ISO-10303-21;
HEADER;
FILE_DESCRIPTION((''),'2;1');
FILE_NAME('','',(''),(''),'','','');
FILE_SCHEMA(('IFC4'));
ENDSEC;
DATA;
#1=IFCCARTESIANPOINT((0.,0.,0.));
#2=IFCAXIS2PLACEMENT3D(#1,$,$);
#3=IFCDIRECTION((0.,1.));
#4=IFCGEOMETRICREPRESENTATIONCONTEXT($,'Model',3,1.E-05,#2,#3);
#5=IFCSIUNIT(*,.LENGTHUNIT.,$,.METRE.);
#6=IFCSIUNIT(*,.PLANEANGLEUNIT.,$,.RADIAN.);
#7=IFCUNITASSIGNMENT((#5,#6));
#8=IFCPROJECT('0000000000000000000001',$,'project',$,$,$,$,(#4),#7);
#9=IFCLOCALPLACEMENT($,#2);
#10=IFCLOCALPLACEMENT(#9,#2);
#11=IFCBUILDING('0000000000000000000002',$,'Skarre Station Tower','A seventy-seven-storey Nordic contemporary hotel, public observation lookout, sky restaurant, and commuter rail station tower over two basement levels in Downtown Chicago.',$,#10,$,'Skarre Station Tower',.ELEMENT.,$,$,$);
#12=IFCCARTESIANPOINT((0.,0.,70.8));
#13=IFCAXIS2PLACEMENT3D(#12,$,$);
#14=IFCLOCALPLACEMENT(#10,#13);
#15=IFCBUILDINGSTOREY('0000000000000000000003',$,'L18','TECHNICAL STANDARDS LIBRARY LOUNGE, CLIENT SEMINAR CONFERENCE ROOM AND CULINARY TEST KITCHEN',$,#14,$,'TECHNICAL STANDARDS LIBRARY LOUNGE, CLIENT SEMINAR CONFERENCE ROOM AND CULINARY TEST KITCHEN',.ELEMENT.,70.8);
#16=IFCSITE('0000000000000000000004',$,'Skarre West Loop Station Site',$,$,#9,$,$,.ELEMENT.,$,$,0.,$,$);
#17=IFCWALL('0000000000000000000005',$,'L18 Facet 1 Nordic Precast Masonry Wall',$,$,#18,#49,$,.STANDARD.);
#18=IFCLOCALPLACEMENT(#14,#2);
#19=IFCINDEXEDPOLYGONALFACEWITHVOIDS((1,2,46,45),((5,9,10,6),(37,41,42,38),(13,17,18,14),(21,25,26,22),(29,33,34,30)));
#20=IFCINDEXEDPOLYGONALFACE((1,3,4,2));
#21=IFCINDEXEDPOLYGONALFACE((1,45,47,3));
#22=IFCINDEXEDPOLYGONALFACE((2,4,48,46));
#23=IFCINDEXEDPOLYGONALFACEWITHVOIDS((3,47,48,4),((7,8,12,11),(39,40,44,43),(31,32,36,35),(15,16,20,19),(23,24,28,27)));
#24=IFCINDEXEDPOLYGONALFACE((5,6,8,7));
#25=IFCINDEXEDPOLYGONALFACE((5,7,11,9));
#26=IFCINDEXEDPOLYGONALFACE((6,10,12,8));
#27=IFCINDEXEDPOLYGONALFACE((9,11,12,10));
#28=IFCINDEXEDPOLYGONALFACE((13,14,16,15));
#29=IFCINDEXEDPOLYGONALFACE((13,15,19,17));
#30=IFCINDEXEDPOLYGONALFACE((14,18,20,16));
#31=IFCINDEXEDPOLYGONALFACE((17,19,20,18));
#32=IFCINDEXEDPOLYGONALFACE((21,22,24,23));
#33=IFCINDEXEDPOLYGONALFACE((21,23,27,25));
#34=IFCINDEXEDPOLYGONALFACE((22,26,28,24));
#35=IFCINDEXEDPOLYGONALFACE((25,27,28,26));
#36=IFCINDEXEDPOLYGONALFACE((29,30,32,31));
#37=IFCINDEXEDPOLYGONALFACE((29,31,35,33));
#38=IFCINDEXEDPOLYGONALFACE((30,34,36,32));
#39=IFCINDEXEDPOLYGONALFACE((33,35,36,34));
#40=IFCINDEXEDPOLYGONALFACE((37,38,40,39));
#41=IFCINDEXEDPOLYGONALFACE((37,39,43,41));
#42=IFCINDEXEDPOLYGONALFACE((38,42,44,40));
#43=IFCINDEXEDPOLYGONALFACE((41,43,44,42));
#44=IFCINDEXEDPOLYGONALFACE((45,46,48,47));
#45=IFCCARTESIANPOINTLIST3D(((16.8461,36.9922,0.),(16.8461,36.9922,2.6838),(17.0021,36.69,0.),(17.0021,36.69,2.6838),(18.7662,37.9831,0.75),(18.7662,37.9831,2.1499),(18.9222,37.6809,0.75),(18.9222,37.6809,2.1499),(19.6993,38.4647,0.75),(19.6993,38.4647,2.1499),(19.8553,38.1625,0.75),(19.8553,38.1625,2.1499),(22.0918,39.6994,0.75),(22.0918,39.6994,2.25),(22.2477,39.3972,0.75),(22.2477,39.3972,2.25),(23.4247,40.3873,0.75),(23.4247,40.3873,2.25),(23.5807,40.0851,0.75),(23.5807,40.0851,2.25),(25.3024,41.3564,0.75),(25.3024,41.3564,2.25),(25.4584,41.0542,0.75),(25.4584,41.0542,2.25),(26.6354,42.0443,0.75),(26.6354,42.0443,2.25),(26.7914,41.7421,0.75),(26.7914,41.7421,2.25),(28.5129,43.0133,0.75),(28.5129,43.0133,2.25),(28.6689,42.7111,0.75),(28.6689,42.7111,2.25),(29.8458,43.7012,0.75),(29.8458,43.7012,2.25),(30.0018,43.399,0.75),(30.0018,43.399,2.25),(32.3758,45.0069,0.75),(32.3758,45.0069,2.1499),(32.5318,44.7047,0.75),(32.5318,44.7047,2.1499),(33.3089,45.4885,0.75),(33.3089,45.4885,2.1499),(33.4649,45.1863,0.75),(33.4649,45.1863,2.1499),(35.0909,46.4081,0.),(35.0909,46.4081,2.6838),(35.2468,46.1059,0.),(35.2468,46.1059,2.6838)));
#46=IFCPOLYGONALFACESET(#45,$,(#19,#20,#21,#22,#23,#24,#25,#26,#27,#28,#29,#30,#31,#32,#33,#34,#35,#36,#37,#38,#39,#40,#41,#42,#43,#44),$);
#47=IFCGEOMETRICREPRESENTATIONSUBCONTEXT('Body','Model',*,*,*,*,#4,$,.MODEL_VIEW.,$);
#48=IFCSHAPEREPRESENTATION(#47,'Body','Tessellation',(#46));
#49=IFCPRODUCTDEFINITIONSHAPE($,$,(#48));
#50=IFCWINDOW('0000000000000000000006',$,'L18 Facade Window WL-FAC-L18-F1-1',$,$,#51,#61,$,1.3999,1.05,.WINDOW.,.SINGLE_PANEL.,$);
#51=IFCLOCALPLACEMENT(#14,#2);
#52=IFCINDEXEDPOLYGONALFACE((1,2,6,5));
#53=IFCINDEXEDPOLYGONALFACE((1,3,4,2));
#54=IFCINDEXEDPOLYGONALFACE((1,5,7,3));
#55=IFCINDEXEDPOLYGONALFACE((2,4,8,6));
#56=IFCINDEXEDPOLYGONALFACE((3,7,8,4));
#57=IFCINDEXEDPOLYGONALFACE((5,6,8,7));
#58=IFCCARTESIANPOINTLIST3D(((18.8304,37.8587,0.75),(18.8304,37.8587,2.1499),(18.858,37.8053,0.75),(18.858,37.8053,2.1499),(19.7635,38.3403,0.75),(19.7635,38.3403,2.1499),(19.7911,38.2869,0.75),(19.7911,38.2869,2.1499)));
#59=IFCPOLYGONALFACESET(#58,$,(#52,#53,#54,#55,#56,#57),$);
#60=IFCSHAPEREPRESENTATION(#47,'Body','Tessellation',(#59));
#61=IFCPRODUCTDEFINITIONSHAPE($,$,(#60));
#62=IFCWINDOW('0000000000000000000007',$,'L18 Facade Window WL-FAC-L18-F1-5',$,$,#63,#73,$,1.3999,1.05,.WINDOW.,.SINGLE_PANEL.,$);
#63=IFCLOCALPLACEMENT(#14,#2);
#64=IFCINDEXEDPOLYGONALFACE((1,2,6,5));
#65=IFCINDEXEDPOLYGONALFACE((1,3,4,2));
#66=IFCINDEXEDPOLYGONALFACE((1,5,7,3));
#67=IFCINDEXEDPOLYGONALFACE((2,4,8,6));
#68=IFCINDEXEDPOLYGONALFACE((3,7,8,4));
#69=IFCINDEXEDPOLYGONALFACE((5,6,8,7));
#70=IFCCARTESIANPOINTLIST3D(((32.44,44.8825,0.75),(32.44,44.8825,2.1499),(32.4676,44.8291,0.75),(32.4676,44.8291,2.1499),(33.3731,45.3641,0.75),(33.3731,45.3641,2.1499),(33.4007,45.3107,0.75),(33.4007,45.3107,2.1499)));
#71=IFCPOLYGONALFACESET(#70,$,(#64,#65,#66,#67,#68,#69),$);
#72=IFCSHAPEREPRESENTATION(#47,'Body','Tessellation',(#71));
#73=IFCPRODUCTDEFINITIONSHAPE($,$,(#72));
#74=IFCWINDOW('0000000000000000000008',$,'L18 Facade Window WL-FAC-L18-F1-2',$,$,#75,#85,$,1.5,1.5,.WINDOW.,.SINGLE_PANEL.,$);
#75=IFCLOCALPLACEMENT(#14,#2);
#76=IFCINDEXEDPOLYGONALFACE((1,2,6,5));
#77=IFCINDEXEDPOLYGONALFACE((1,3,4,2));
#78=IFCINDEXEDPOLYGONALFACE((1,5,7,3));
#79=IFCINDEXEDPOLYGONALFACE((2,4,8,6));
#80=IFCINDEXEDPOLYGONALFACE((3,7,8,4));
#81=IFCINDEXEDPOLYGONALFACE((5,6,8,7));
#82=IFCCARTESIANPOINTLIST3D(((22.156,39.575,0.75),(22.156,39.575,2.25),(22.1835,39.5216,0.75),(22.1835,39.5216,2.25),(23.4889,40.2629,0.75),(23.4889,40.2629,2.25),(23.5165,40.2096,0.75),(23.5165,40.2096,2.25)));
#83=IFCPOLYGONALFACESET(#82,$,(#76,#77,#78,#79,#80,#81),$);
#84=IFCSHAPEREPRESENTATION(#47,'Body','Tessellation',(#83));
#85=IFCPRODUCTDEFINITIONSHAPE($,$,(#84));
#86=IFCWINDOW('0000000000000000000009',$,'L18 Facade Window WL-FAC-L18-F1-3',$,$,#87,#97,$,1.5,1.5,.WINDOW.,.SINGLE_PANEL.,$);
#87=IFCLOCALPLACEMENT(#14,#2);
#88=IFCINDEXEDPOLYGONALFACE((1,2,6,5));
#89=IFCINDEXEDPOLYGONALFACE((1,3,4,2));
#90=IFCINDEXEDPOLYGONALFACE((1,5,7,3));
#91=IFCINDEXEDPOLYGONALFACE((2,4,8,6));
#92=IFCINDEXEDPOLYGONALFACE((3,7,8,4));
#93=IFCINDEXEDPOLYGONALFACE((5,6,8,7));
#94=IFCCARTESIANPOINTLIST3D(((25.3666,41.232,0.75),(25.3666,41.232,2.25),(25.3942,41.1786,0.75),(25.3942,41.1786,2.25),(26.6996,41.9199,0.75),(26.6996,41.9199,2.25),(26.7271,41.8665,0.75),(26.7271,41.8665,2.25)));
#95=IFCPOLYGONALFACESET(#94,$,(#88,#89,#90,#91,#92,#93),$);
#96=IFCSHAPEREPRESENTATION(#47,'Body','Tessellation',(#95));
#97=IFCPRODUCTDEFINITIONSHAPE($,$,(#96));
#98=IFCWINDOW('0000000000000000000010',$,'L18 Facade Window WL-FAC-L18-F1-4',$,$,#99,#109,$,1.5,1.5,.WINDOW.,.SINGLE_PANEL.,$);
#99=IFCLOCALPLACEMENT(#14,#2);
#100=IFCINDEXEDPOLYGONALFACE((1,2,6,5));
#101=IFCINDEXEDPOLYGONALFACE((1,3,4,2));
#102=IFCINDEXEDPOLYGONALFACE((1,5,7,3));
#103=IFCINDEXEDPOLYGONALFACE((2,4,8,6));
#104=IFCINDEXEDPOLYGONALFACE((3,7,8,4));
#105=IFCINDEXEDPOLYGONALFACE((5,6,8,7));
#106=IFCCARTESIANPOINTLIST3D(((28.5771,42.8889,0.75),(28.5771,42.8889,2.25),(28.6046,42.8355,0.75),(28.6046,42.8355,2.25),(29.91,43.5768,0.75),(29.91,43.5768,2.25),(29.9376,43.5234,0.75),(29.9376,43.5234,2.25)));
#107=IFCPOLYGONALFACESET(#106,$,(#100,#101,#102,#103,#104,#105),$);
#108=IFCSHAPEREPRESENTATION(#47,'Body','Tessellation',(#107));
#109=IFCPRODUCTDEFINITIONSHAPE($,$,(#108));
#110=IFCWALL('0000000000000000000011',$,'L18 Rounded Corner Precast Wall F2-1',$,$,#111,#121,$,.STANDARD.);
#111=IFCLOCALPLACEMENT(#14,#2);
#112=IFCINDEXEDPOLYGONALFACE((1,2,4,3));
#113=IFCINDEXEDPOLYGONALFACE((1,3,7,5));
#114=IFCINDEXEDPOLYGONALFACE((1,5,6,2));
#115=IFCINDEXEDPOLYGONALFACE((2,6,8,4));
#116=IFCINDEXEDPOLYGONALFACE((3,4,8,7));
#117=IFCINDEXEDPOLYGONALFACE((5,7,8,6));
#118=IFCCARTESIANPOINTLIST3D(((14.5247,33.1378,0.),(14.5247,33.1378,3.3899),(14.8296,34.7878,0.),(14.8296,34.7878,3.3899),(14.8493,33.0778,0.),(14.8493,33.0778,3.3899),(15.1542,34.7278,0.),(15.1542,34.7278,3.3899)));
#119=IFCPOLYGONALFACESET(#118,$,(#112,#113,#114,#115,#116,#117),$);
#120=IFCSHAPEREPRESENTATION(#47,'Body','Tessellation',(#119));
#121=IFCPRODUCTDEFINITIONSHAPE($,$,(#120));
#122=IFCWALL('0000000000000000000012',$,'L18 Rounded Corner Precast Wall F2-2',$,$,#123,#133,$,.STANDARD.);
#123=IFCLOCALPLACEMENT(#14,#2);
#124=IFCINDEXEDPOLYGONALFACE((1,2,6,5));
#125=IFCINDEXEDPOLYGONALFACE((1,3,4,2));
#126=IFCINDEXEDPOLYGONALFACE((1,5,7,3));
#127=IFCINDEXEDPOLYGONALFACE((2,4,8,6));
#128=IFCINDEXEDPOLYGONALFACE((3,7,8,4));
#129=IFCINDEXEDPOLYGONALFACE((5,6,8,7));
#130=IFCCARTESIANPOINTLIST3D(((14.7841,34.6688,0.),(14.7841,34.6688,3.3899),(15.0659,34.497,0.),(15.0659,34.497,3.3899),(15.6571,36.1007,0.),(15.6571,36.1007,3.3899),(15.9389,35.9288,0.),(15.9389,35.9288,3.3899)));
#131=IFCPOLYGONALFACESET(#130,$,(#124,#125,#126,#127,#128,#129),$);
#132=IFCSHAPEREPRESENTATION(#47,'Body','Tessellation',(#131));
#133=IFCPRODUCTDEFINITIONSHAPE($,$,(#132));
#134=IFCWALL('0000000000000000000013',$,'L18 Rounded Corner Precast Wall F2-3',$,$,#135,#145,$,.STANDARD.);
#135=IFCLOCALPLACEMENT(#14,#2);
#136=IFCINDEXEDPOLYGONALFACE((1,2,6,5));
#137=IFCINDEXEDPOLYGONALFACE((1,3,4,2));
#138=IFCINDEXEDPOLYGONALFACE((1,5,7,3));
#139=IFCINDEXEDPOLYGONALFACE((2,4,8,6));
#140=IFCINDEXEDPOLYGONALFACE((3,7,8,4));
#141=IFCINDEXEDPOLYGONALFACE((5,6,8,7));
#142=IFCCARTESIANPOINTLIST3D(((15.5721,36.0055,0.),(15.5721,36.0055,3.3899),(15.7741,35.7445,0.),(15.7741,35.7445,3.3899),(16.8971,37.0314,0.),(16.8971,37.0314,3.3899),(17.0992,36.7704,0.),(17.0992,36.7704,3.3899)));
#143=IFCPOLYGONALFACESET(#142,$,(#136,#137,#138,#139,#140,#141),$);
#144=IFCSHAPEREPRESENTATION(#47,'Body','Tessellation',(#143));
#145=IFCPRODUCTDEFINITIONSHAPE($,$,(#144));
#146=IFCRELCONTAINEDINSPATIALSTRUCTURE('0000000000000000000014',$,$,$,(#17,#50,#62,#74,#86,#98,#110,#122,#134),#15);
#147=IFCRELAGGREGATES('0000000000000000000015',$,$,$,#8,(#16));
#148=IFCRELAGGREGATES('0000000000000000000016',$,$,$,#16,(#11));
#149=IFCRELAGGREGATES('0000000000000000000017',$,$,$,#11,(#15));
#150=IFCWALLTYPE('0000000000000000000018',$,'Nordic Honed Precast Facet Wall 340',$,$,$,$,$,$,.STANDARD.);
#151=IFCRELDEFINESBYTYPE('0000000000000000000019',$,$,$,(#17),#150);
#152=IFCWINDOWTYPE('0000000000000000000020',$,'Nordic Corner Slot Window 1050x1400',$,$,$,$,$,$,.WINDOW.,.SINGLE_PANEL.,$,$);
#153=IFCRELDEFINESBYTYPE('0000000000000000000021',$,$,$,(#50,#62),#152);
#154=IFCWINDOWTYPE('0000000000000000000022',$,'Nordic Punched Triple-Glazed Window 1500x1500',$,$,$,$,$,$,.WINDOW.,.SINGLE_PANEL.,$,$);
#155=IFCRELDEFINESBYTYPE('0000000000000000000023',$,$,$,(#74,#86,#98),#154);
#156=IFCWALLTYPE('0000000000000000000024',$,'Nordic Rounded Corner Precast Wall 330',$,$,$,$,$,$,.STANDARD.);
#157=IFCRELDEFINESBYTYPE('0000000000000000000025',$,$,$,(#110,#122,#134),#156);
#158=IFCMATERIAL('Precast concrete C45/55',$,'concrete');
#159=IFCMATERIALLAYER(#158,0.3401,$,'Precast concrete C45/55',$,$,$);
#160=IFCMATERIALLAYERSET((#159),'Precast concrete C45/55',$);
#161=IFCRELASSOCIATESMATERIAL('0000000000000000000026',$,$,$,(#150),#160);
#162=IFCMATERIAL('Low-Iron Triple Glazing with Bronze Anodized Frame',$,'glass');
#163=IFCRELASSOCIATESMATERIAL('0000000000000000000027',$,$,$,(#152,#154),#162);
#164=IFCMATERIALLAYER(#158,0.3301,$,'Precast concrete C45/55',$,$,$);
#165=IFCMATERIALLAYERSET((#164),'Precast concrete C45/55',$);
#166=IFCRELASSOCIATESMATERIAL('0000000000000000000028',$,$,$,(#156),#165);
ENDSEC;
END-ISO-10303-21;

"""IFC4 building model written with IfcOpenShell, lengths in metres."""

from ifc_helpers import new_model, si_unit, direction, frame, frame_2d, origin, place, context, subcontext, project, spatial, rectangle, extrude, material, layer, layer_set, type_object, element, fill, save


model = new_model("IFC4")

# Units and contexts
model_context = context("Model", 3, precision=1e-05, world=origin(), true_north=direction((0.0, 1.0)))
body_context = subcontext(model_context, "Body", "Model", "MODEL_VIEW")
ifc_project = project(units=[si_unit("LENGTHUNIT", "METRE"), si_unit("PLANEANGLEUNIT", "RADIAN")], contexts=[model_context])

# Site, building, storey
site_placement = place(None, origin())
site = spatial("IfcSite", under=ifc_project, at=site_placement, Name="Skarre West Loop Station Site", CompositionType="ELEMENT", RefElevation=0.0)
building_placement = place(site_placement, origin())
building = spatial("IfcBuilding", under=site, at=building_placement, Name="Skarre Station Tower", Description="A seventy-seven-storey Nordic contemporary hotel, public observation lookout, sky restaurant, and commuter rail station tower over two basement levels in Downtown Chicago.", LongName="Skarre Station Tower", CompositionType="ELEMENT")
storey_placement = place(building_placement, frame((0.0, 0.0, 70.8)))
storey = spatial("IfcBuildingStorey", under=building, at=storey_placement, Name="L18", Description="TECHNICAL STANDARDS LIBRARY LOUNGE, CLIENT SEMINAR CONFERENCE ROOM AND CULINARY TEST KITCHEN", LongName="TECHNICAL STANDARDS LIBRARY LOUNGE, CLIENT SEMINAR CONFERENCE ROOM AND CULINARY TEST KITCHEN", CompositionType="ELEMENT", Elevation=70.8)

# Wall, openings, windows
ifc_material_1 = material(Name="Precast concrete C45/55", Category="concrete")
ifc_layer_1 = layer(ifc_material_1, 0.3401, Name="Precast concrete C45/55")
ifc_layer_set_1 = layer_set([ifc_layer_1], Name="Precast concrete C45/55")
wall_type_1 = type_object("IfcWallType", Name="Nordic Honed Precast Facet Wall 340", PredefinedType="STANDARD", material=ifc_layer_set_1)
wall_1_placement = place(storey_placement, frame((16.9241, 36.8411, 0.0), z_axis=(0.0, 0.0, 1.0), x_axis=(0.888634, 0.458616, 0.0)))
wall_1 = element("IfcWall", 1, at=wall_1_placement, inside=storey, type_object=wall_type_1, Name="L18 Facet 1 Nordic Precast Masonry Wall", PredefinedType="STANDARD", context=body_context, shape_type="SweptSolid", body=[
    extrude(rectangle(XDim=20.5312, YDim=0.3401, at=frame_2d((10.2656, 0.0))), origin(), (0.0, 0.0, 1.0), 2.6838),
])
opening_1_placement = place(wall_1_placement, frame((2.1609, 0.0, 0.75)))
opening_1 = element("IfcOpeningElement", 2, at=opening_1_placement, cuts=wall_1, PredefinedType="OPENING", context=body_context, shape_type="SweptSolid", body=[
    extrude(rectangle(XDim=1.05, YDim=1.3999, at=frame_2d((0.5249, 0.7))), frame((0.0, 0.1799, 0.0), z_axis=(0.0, -1.0, 0.0), x_axis=(1.0, 0.0, 0.0)), (0.0, 0.0, 1.0), 0.3601),
])
opening_2_placement = place(wall_1_placement, frame((5.9031, 0.0, 0.75)))
opening_2 = element("IfcOpeningElement", 3, at=opening_2_placement, cuts=wall_1, PredefinedType="OPENING", context=body_context, shape_type="SweptSolid", body=[
    extrude(rectangle(XDim=1.5, YDim=1.5, at=frame_2d((0.75, 0.75))), frame((0.0, 0.1799, 0.0), z_axis=(0.0, -1.0, 0.0), x_axis=(1.0, 0.0, 0.0)), (0.0, 0.0, 1.0), 0.3601),
])
opening_3_placement = place(wall_1_placement, frame((9.5161, 0.0, 0.75)))
opening_3 = element("IfcOpeningElement", 4, at=opening_3_placement, cuts=wall_1, PredefinedType="OPENING", context=body_context, shape_type="SweptSolid", body=[
    extrude(rectangle(XDim=1.5, YDim=1.5, at=frame_2d((0.75, 0.75))), frame((0.0, 0.1799, 0.0), z_axis=(0.0, -1.0, 0.0), x_axis=(1.0, 0.0, 0.0)), (0.0, 0.0, 1.0), 0.3601),
])
opening_4_placement = place(wall_1_placement, frame((13.1289, 0.0, 0.75)))
opening_4 = element("IfcOpeningElement", 5, at=opening_4_placement, cuts=wall_1, PredefinedType="OPENING", context=body_context, shape_type="SweptSolid", body=[
    extrude(rectangle(XDim=1.5, YDim=1.5, at=frame_2d((0.75, 0.75))), frame((0.0, 0.1799, 0.0), z_axis=(0.0, -1.0, 0.0), x_axis=(1.0, 0.0, 0.0)), (0.0, 0.0, 1.0), 0.3601),
])
opening_5_placement = place(wall_1_placement, frame((17.4761, 0.0, 0.75)))
opening_5 = element("IfcOpeningElement", 6, at=opening_5_placement, cuts=wall_1, PredefinedType="OPENING", context=body_context, shape_type="SweptSolid", body=[
    extrude(rectangle(XDim=1.05, YDim=1.3999, at=frame_2d((0.5249, 0.7))), frame((0.0, 0.1799, 0.0), z_axis=(0.0, -1.0, 0.0), x_axis=(1.0, 0.0, 0.0)), (0.0, 0.0, 1.0), 0.3601),
])
ifc_material_2 = material(Name="Low-Iron Triple Glazing with Bronze Anodized Frame", Category="glass")
window_type_1 = type_object("IfcWindowType", Name="Nordic Corner Slot Window 1050x1400", PartitioningType="SINGLE_PANEL", PredefinedType="WINDOW", material=ifc_material_2)
window_1_placement = place(opening_1_placement, origin())
window_1 = element("IfcWindow", 7, at=window_1_placement, inside=storey, type_object=window_type_1, Name="L18 Facade Window WL-FAC-L18-F1-1", OverallHeight=1.3999, OverallWidth=1.05, PartitioningType="SINGLE_PANEL", PredefinedType="WINDOW", context=body_context, shape_type="SweptSolid", body=[
    extrude(rectangle(XDim=1.05, YDim=1.3999, at=frame_2d((0.5249, 0.7))), frame((0.0, 0.03, 0.0), z_axis=(0.0, -1.0, 0.0), x_axis=(1.0, 0.0, 0.0)), (0.0, 0.0, 1.0), 0.0601),
])
fill(opening_1, window_1)
window_2_placement = place(opening_5_placement, origin())
window_2 = element("IfcWindow", 8, at=window_2_placement, inside=storey, type_object=window_type_1, Name="L18 Facade Window WL-FAC-L18-F1-5", OverallHeight=1.3999, OverallWidth=1.05, PartitioningType="SINGLE_PANEL", PredefinedType="WINDOW", context=body_context, shape_type="SweptSolid", body=[
    extrude(rectangle(XDim=1.05, YDim=1.3999, at=frame_2d((0.5249, 0.7))), frame((0.0, 0.03, 0.0), z_axis=(0.0, -1.0, 0.0), x_axis=(1.0, 0.0, 0.0)), (0.0, 0.0, 1.0), 0.0601),
])
fill(opening_5, window_2)
window_type_2 = type_object("IfcWindowType", Name="Nordic Punched Triple-Glazed Window 1500x1500", PartitioningType="SINGLE_PANEL", PredefinedType="WINDOW", material=ifc_material_2)
window_3_placement = place(opening_2_placement, origin())
window_3 = element("IfcWindow", 9, at=window_3_placement, inside=storey, type_object=window_type_2, Name="L18 Facade Window WL-FAC-L18-F1-2", OverallHeight=1.5, OverallWidth=1.5, PartitioningType="SINGLE_PANEL", PredefinedType="WINDOW", context=body_context, shape_type="SweptSolid", body=[
    extrude(rectangle(XDim=1.5, YDim=1.5, at=frame_2d((0.75, 0.75))), frame((0.0, 0.03, 0.0), z_axis=(0.0, -1.0, 0.0), x_axis=(1.0, 0.0, 0.0)), (0.0, 0.0, 1.0), 0.0601),
])
fill(opening_2, window_3)
window_4_placement = place(opening_3_placement, origin())
window_4 = element("IfcWindow", 10, at=window_4_placement, inside=storey, type_object=window_type_2, Name="L18 Facade Window WL-FAC-L18-F1-3", OverallHeight=1.5, OverallWidth=1.5, PartitioningType="SINGLE_PANEL", PredefinedType="WINDOW", context=body_context, shape_type="SweptSolid", body=[
    extrude(rectangle(XDim=1.5, YDim=1.5, at=frame_2d((0.75, 0.75))), frame((0.0, 0.03, 0.0), z_axis=(0.0, -1.0, 0.0), x_axis=(1.0, 0.0, 0.0)), (0.0, 0.0, 1.0), 0.0601),
])
fill(opening_3, window_4)
window_5_placement = place(opening_4_placement, origin())
window_5 = element("IfcWindow", 11, at=window_5_placement, inside=storey, type_object=window_type_2, Name="L18 Facade Window WL-FAC-L18-F1-4", OverallHeight=1.5, OverallWidth=1.5, PartitioningType="SINGLE_PANEL", PredefinedType="WINDOW", context=body_context, shape_type="SweptSolid", body=[
    extrude(rectangle(XDim=1.5, YDim=1.5, at=frame_2d((0.75, 0.75))), frame((0.0, 0.03, 0.0), z_axis=(0.0, -1.0, 0.0), x_axis=(1.0, 0.0, 0.0)), (0.0, 0.0, 1.0), 0.0601),
])
fill(opening_4, window_5)

# Walls
ifc_layer_2 = layer(ifc_material_1, 0.3301, Name="Precast concrete C45/55")
ifc_layer_set_2 = layer_set([ifc_layer_2], Name="Precast concrete C45/55")
wall_type_2 = type_object("IfcWallType", Name="Nordic Rounded Corner Precast Wall 330", PredefinedType="STANDARD", material=ifc_layer_set_2)
wall_2_placement = place(storey_placement, frame((14.687, 33.1079, 0.0), z_axis=(0.0, 0.0, 1.0), x_axis=(0.181714, 0.983351, 0.0)))
element("IfcWall", 12, at=wall_2_placement, inside=storey, type_object=wall_type_2, Name="L18 Rounded Corner Precast Wall F2-1", PredefinedType="STANDARD", context=body_context, shape_type="SweptSolid", body=[
    extrude(rectangle(XDim=1.678, YDim=0.3301, at=frame_2d((0.8389, 0.0))), origin(), (0.0, 0.0, 1.0), 3.3899),
])
wall_3_placement = place(storey_placement, frame((14.925, 34.583, 0.0), z_axis=(0.0, 0.0, 1.0), x_axis=(0.520584, 0.85381, 0.0)))
element("IfcWall", 13, at=wall_3_placement, inside=storey, type_object=wall_type_2, Name="L18 Rounded Corner Precast Wall F2-2", PredefinedType="STANDARD", context=body_context, shape_type="SweptSolid", body=[
    extrude(rectangle(XDim=1.677, YDim=0.3301, at=frame_2d((0.8384, 0.0))), origin(), (0.0, 0.0, 1.0), 3.3899),
])
wall_4_placement = place(storey_placement, frame((15.6731, 35.875, 0.0), z_axis=(0.0, 0.0, 1.0), x_axis=(0.790692, 0.612214, 0.0)))
element("IfcWall", 14, at=wall_4_placement, inside=storey, type_object=wall_type_2, Name="L18 Rounded Corner Precast Wall F2-3", PredefinedType="STANDARD", context=body_context, shape_type="SweptSolid", body=[
    extrude(rectangle(XDim=1.6758, YDim=0.3301, at=frame_2d((0.8379, 0.0))), origin(), (0.0, 0.0, 1.0), 3.3899),
])

save(model, "model.ifc")
